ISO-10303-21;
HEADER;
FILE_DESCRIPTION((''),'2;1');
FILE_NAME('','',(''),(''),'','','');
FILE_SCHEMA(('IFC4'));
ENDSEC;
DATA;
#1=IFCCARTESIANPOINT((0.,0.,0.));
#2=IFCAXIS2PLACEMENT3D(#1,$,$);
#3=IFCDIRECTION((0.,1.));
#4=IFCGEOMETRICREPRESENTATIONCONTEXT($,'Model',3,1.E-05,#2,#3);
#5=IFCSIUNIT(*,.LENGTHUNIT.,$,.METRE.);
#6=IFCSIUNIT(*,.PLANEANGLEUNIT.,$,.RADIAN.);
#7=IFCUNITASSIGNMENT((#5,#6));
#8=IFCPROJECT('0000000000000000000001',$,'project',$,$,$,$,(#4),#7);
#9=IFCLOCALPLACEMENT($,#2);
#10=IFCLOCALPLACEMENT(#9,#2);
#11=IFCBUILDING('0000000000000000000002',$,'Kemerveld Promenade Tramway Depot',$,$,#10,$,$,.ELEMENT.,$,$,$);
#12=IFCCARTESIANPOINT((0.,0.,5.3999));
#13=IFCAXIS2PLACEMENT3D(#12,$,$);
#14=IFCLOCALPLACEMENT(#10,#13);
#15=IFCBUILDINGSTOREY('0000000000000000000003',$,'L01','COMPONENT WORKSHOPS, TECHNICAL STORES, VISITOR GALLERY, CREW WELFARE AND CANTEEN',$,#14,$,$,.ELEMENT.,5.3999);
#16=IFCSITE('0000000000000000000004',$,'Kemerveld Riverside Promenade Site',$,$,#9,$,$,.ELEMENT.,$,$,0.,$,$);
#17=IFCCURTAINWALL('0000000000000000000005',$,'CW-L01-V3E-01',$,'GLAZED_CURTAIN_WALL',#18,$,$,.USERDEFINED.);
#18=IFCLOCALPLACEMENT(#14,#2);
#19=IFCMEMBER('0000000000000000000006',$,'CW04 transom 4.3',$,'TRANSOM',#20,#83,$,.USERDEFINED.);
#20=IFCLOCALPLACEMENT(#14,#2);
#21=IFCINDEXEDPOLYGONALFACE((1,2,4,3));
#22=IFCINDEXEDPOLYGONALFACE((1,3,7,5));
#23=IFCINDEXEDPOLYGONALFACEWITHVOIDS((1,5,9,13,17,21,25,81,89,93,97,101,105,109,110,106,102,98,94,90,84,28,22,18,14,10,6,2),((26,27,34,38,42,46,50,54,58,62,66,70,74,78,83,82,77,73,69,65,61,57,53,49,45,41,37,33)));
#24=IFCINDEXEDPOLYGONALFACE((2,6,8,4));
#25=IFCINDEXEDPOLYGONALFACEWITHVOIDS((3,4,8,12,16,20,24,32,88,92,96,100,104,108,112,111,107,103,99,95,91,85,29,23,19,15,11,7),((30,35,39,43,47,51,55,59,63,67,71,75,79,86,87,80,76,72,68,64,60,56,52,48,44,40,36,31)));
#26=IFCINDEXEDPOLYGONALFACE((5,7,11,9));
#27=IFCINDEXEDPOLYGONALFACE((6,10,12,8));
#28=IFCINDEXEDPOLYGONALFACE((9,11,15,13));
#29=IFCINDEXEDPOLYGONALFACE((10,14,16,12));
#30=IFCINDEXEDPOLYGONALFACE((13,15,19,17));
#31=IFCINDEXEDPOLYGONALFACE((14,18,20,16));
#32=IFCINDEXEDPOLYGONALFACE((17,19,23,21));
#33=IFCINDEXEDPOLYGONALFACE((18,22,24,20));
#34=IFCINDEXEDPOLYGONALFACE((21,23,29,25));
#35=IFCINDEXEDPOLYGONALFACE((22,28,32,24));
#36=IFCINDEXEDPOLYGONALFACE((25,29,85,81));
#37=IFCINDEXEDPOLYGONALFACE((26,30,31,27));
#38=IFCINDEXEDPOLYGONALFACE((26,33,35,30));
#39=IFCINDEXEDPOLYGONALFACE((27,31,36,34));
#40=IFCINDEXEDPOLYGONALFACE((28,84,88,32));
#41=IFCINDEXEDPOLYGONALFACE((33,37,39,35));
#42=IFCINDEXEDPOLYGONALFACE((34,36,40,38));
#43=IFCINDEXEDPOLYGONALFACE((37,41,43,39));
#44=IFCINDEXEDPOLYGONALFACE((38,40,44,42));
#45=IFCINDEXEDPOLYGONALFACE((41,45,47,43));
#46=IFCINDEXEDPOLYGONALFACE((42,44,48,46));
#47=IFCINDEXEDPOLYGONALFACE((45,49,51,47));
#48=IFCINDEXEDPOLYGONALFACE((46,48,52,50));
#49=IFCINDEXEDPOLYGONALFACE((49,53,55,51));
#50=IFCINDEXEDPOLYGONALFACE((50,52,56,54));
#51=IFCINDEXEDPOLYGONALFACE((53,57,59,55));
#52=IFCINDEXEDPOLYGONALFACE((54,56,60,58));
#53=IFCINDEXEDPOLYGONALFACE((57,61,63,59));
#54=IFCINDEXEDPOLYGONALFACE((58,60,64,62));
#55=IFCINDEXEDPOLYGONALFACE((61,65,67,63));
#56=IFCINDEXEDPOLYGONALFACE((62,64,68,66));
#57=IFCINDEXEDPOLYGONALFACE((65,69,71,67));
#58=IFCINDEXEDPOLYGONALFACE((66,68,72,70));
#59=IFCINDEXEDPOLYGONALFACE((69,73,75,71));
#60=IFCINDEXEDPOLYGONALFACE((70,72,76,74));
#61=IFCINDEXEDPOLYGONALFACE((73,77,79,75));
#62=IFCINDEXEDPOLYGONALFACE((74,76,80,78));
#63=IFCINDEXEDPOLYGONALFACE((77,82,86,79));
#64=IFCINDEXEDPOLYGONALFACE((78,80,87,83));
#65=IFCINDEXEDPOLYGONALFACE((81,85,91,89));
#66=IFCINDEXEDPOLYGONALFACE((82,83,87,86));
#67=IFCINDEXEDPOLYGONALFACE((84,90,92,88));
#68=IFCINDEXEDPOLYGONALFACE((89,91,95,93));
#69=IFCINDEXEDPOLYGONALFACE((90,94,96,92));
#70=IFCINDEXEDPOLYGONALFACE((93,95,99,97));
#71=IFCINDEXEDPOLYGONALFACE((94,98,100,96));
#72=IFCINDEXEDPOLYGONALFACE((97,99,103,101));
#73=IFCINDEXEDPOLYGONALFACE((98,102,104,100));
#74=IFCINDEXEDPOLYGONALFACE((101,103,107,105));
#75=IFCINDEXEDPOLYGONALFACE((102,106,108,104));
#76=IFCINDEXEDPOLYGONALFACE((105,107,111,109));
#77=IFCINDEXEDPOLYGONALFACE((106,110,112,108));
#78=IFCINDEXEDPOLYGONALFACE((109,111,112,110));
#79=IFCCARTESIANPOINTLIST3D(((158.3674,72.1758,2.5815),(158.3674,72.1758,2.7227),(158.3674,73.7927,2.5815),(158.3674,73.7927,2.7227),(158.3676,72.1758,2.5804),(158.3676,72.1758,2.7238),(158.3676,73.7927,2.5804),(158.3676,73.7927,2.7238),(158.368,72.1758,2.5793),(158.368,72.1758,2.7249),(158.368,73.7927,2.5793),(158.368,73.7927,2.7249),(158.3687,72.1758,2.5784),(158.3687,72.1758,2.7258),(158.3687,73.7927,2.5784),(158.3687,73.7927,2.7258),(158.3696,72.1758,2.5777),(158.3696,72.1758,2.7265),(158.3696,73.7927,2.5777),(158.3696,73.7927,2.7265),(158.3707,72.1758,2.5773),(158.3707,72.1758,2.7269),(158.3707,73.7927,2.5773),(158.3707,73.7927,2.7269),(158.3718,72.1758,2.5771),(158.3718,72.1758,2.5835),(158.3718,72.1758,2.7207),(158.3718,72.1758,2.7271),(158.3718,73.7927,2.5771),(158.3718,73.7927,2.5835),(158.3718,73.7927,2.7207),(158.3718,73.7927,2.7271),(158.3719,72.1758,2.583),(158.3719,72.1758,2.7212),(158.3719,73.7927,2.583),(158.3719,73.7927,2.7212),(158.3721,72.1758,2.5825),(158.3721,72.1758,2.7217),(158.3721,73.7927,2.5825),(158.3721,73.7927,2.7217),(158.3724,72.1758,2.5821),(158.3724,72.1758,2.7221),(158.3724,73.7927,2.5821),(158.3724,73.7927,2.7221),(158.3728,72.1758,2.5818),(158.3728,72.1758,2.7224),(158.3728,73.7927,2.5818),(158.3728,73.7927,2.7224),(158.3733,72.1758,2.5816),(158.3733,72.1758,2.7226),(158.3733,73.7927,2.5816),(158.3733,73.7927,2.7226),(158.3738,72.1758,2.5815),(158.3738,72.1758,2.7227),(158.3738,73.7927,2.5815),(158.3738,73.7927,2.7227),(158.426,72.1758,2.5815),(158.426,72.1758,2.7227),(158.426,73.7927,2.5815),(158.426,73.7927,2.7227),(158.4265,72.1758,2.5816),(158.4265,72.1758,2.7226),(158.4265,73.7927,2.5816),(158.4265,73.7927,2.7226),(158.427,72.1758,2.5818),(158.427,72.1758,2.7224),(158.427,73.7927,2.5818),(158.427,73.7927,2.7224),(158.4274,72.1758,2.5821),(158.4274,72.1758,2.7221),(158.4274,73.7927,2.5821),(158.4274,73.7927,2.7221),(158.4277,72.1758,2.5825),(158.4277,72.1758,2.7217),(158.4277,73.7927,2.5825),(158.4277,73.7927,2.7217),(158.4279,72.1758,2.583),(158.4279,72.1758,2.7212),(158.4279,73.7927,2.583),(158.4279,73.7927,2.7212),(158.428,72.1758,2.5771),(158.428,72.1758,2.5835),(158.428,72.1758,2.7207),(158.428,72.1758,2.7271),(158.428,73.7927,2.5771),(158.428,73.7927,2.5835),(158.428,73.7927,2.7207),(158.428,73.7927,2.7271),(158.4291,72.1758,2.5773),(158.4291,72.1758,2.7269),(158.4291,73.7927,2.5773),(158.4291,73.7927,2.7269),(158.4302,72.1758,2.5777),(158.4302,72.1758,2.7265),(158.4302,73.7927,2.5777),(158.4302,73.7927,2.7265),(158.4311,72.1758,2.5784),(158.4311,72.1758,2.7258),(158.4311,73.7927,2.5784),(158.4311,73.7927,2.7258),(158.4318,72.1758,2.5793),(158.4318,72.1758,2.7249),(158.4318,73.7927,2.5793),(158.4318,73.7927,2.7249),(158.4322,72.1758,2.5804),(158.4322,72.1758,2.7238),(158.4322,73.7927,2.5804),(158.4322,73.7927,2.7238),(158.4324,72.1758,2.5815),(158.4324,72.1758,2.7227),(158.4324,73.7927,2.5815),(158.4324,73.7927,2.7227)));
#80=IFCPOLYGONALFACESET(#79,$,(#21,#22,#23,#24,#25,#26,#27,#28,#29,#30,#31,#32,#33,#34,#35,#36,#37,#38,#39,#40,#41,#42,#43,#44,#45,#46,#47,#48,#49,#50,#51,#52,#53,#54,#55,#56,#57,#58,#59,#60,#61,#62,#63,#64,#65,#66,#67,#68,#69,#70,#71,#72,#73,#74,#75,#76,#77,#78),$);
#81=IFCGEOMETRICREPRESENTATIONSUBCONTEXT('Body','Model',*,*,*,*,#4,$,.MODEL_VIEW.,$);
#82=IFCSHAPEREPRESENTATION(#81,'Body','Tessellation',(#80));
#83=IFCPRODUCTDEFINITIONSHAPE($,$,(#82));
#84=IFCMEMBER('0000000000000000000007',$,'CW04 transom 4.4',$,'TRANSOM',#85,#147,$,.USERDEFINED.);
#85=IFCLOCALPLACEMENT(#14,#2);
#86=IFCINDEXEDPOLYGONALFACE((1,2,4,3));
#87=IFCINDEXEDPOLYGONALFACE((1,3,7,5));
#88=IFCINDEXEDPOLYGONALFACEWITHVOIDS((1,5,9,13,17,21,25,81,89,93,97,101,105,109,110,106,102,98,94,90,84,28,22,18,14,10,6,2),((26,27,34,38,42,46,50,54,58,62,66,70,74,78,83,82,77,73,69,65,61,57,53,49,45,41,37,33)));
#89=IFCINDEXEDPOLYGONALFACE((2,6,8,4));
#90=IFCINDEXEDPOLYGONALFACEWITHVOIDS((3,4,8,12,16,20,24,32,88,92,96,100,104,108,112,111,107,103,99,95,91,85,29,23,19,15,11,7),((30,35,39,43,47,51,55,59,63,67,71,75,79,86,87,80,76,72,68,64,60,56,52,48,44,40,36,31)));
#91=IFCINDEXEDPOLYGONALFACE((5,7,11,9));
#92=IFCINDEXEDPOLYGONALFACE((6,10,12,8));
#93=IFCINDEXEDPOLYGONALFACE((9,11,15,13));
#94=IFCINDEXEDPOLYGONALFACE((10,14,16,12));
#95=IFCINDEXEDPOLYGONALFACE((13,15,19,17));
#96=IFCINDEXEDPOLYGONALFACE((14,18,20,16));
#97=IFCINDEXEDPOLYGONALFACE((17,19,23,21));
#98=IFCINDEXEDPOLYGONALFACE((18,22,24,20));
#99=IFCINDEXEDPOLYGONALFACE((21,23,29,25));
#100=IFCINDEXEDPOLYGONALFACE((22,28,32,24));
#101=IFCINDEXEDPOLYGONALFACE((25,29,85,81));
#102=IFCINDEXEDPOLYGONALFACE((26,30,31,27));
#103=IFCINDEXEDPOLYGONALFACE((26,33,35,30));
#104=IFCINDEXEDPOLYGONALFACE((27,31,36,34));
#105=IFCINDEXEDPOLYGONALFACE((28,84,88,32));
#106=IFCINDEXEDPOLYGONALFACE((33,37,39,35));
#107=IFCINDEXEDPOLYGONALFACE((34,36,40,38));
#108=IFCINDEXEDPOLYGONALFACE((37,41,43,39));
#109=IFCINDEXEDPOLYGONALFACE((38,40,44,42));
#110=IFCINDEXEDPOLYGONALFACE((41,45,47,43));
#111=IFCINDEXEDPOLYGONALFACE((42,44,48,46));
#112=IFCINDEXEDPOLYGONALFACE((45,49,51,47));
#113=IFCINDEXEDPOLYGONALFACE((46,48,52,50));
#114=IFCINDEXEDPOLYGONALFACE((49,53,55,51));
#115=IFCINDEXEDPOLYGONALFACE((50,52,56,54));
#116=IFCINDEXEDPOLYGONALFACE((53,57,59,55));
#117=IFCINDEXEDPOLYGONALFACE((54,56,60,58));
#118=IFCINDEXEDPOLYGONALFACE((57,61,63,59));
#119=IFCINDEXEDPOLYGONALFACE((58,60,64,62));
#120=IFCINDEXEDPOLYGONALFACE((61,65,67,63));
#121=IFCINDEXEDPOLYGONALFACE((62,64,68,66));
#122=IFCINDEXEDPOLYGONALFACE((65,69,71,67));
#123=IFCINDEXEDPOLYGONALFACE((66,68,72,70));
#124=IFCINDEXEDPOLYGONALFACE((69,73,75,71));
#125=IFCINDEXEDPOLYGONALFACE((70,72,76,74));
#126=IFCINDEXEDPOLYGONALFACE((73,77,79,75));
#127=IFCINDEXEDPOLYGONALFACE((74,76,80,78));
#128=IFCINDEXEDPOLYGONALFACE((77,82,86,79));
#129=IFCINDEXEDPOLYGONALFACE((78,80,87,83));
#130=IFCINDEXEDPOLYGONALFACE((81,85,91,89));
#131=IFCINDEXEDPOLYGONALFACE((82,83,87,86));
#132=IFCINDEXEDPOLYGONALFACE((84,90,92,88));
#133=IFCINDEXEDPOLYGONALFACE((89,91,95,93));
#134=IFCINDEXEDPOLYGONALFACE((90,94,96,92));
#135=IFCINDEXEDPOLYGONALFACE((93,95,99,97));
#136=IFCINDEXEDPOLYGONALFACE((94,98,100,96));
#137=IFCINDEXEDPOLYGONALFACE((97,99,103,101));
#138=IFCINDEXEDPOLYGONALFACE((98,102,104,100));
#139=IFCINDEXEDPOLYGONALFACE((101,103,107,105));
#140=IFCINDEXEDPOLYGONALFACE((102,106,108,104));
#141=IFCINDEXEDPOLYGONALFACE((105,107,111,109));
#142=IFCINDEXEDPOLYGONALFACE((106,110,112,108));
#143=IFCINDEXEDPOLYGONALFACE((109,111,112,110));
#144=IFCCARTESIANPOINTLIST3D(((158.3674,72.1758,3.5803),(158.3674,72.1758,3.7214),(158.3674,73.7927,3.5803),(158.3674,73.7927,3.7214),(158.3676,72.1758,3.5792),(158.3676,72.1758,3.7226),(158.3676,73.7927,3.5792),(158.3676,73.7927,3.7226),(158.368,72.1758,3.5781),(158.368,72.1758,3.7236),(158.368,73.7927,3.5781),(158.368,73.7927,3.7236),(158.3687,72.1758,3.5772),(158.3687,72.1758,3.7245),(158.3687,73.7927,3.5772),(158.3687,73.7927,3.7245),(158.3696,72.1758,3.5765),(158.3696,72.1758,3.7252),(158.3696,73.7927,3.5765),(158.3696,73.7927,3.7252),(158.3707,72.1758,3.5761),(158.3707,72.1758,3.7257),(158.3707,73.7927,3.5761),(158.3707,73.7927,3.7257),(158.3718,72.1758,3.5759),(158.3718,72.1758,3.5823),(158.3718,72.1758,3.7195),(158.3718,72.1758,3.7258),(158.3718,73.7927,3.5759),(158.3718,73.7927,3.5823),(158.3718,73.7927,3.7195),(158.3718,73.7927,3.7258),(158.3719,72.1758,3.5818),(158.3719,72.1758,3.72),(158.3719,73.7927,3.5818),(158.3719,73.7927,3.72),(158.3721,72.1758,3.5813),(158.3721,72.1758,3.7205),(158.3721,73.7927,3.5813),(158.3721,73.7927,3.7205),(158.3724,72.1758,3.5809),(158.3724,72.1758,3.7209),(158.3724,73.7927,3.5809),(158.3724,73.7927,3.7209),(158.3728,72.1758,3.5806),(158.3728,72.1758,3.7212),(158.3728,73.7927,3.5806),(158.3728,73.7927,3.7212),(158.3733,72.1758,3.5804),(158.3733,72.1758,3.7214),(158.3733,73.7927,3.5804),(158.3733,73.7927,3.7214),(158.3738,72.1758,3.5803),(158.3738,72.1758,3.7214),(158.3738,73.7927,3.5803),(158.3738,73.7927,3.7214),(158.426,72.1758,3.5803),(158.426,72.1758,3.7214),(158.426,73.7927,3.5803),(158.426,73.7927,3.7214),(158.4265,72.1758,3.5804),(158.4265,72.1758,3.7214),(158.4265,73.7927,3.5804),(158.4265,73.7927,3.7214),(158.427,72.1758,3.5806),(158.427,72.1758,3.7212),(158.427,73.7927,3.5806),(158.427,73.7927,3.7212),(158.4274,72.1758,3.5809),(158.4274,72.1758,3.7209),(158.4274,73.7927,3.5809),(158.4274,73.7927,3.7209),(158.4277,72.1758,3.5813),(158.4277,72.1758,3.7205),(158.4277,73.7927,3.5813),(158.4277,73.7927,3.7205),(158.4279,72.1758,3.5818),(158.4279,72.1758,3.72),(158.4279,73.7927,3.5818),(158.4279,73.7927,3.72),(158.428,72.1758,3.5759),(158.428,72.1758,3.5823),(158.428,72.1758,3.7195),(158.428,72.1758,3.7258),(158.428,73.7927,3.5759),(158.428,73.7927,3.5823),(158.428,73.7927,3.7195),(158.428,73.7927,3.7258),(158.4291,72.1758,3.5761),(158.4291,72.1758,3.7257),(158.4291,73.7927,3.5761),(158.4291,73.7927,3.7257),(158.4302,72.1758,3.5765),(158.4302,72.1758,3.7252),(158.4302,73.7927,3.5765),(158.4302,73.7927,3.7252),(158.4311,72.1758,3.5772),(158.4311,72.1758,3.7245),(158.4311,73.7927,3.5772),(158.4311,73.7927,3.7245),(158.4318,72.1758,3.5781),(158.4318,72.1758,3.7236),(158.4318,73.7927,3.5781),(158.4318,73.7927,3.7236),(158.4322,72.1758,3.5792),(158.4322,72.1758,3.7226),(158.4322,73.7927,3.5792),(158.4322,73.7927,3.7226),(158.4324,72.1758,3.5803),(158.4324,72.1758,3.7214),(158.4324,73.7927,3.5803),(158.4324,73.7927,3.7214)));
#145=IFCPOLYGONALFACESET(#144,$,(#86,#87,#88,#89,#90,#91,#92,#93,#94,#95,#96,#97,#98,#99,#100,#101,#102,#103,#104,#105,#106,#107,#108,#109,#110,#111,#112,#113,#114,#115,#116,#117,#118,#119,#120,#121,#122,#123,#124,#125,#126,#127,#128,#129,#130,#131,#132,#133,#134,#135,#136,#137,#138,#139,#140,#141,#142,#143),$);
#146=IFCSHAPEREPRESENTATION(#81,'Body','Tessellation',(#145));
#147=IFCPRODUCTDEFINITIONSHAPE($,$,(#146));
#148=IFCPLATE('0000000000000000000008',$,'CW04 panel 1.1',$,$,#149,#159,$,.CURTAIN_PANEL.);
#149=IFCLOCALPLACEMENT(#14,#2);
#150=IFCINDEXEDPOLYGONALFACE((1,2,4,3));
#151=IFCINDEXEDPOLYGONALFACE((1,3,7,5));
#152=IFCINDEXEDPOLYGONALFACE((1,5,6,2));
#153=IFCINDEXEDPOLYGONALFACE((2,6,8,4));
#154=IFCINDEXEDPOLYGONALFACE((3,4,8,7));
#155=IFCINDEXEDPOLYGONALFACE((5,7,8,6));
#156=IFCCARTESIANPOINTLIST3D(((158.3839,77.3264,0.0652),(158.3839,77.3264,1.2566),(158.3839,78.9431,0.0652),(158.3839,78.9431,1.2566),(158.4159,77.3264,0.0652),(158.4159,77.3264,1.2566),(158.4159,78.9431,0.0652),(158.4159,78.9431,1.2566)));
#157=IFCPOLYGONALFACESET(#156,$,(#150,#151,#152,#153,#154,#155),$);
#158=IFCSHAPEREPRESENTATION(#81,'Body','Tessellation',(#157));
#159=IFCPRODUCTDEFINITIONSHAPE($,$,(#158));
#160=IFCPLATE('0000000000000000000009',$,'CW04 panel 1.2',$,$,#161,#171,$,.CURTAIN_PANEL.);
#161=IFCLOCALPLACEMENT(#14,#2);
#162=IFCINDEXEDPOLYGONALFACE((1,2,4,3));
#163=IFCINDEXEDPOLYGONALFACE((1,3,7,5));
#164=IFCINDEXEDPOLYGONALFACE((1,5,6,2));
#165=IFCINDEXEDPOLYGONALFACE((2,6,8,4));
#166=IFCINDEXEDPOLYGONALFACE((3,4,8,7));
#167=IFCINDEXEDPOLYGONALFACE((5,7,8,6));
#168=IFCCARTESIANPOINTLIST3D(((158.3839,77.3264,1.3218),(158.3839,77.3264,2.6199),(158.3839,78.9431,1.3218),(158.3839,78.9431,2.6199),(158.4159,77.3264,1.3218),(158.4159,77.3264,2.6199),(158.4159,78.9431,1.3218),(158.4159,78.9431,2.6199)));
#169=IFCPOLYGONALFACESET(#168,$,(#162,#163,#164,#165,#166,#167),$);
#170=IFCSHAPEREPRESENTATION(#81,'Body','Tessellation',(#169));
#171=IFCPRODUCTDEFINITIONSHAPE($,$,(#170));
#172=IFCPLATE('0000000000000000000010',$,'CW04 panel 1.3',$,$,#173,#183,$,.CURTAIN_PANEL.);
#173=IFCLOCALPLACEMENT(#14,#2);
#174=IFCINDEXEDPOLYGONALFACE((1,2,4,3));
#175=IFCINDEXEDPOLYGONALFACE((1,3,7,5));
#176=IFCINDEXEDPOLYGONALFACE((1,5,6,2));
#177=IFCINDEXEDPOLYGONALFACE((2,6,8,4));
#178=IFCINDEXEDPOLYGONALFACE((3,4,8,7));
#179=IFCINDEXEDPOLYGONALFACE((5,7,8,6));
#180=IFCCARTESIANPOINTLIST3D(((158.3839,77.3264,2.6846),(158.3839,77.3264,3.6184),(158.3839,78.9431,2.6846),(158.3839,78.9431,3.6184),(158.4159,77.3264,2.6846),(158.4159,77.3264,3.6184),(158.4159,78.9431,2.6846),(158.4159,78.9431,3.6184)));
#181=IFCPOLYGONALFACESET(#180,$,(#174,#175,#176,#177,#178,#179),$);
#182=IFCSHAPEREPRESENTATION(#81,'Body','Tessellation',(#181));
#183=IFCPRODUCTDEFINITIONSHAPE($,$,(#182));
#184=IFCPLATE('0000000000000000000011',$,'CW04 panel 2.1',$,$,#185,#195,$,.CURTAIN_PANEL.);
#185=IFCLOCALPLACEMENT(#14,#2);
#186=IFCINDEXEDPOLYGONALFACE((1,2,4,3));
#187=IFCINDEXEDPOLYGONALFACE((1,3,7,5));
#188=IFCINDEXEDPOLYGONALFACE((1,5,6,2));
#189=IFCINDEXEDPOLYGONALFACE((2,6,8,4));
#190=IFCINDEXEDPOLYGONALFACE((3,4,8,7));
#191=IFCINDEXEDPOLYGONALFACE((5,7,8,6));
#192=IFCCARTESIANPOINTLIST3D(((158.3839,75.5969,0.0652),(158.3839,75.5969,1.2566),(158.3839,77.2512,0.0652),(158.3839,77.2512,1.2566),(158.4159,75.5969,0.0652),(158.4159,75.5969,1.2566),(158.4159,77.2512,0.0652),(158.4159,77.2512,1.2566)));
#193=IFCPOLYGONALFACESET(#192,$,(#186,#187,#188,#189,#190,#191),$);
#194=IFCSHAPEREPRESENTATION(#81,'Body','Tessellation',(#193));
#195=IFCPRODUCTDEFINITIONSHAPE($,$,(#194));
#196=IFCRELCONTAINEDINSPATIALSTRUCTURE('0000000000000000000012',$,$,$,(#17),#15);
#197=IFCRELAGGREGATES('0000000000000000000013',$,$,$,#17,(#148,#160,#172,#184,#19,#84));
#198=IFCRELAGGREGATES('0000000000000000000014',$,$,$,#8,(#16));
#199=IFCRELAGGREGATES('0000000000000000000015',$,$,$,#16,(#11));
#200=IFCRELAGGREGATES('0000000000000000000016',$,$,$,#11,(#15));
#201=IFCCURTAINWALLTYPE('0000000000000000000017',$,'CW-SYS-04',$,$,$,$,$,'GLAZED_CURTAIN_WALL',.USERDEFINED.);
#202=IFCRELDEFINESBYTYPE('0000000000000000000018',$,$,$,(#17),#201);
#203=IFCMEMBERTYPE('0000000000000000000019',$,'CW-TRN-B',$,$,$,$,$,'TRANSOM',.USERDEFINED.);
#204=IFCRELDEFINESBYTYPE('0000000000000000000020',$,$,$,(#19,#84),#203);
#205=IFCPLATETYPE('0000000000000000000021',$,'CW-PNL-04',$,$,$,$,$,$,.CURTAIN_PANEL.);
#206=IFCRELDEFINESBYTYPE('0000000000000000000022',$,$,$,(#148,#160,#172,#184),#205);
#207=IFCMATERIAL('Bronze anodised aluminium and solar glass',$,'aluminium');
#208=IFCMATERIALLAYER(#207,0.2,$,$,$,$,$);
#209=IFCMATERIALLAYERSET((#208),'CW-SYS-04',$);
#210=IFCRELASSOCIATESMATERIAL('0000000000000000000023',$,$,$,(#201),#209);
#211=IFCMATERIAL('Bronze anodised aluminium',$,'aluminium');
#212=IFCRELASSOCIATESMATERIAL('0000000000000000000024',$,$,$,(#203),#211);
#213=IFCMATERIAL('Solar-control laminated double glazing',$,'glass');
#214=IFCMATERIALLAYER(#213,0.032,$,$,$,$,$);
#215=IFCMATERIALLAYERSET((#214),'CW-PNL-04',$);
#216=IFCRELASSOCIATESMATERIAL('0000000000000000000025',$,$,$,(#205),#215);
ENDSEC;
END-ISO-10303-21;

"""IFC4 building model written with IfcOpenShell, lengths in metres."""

from ifc_helpers import new_model, si_unit, direction, frame, origin, origin_2d, place, context, subcontext, project, spatial, rectangle, hollow_rectangle, extrude, material, layer, layer_set, material_profile, profile_set, type_object, element, aggregate, save


model = new_model("IFC4")

# Units and contexts
model_context = context("Model", 3, precision=1e-05, world=origin(), true_north=direction((0.0, 1.0)))
body_context = subcontext(model_context, "Body", "Model", "MODEL_VIEW")
ifc_project = project(units=[si_unit("LENGTHUNIT", "METRE"), si_unit("PLANEANGLEUNIT", "RADIAN")], contexts=[model_context])

# Site, building, storey
site_placement = place(None, origin())
site = spatial("IfcSite", under=ifc_project, at=site_placement, Name="Kemerveld Riverside Promenade Site", CompositionType="ELEMENT", RefElevation=0.0)
building_placement = place(site_placement, origin())
building = spatial("IfcBuilding", under=site, at=building_placement, Name="Kemerveld Promenade Tramway Depot", CompositionType="ELEMENT")
storey_placement = place(building_placement, frame((0.0, 0.0, 5.3999)))
storey = spatial("IfcBuildingStorey", under=building, at=storey_placement, Name="L01", Description="COMPONENT WORKSHOPS, TECHNICAL STORES, VISITOR GALLERY, CREW WELFARE AND CANTEEN", CompositionType="ELEMENT", Elevation=5.3999)

# Curtain wall, members, plates
ifc_material_1 = material(Name="Bronze anodised aluminium and solar glass", Category="aluminium")
ifc_layer_1 = layer(ifc_material_1, 0.2)
ifc_layer_set_1 = layer_set([ifc_layer_1], Name="CW-SYS-04")
curtain_wall_type = type_object("IfcCurtainWallType", Name="CW-SYS-04", ElementType="GLAZED_CURTAIN_WALL", PredefinedType="USERDEFINED", material=ifc_layer_set_1)
curtain_wall_placement = place(storey_placement, origin())
curtain_wall = element("IfcCurtainWall", 1, at=curtain_wall_placement, inside=storey, type_object=curtain_wall_type, Name="CW-L01-V3E-01", ObjectType="GLAZED_CURTAIN_WALL", PredefinedType="USERDEFINED")
ifc_material_2 = material(Name="Bronze anodised aluminium", Category="aluminium")
ifc_material_profile_1 = material_profile(ifc_material_2, hollow_rectangle(XDim=0.0649, YDim=0.1499, WallThickness=0.0044, InnerFilletRadius=0.002, OuterFilletRadius=0.0044, at=origin_2d()), Name="CW-TRN-150x65")
ifc_profile_set_1 = profile_set([ifc_material_profile_1], Name="Bronze anodised aluminium")
member_type_1 = type_object("IfcMemberType", Name="CW-TRN-B", ElementType="TRANSOM", PredefinedType="USERDEFINED", material=ifc_profile_set_1)
member_1_placement = place(storey_placement, frame((158.3999, 73.7927, 2.6521), z_axis=(0.0, -1.0, 0.0), x_axis=(1.0, 0.0, 0.0)))
member_1 = element("IfcMember", 2, at=member_1_placement, type_object=member_type_1, Name="CW04 transom 4.3", ObjectType="TRANSOM", PredefinedType="USERDEFINED", context=body_context, shape_type="SweptSolid", body=[
    extrude(hollow_rectangle(XDim=0.0649, YDim=0.1499, WallThickness=0.0044, InnerFilletRadius=0.002, OuterFilletRadius=0.0044, at=origin_2d()), origin(), (0.0, 0.0, 1.0), 1.6169),
])
member_2_placement = place(storey_placement, frame((158.3999, 73.7927, 3.6509), z_axis=(0.0, -1.0, 0.0), x_axis=(1.0, 0.0, 0.0)))
member_2 = element("IfcMember", 3, at=member_2_placement, type_object=member_type_1, Name="CW04 transom 4.4", ObjectType="TRANSOM", PredefinedType="USERDEFINED", context=body_context, shape_type="SweptSolid", body=[
    extrude(hollow_rectangle(XDim=0.0649, YDim=0.1499, WallThickness=0.0044, InnerFilletRadius=0.002, OuterFilletRadius=0.0044, at=origin_2d()), origin(), (0.0, 0.0, 1.0), 1.6169),
])
ifc_material_3 = material(Name="Solar-control laminated double glazing", Category="glass")
ifc_layer_2 = layer(ifc_material_3, 0.032)
ifc_layer_set_2 = layer_set([ifc_layer_2], Name="CW-PNL-04")
plate_type = type_object("IfcPlateType", Name="CW-PNL-04", PredefinedType="CURTAIN_PANEL", material=ifc_layer_set_2)
plate_1_placement = place(storey_placement, frame((158.3999, 78.1348, 0.0652), z_axis=(0.0, 0.0, 1.0), x_axis=(0.0, -1.0, 0.0)))
plate_1 = element("IfcPlate", 4, at=plate_1_placement, type_object=plate_type, Name="CW04 panel 1.1", PredefinedType="CURTAIN_PANEL", context=body_context, shape_type="SweptSolid", body=[
    extrude(rectangle(XDim=1.6167, YDim=0.032, at=origin_2d()), origin(), (0.0, 0.0, 1.0), 1.1914),
])
plate_2_placement = place(storey_placement, frame((158.3999, 78.1348, 1.3218), z_axis=(0.0, 0.0, 1.0), x_axis=(0.0, -1.0, 0.0)))
plate_2 = element("IfcPlate", 5, at=plate_2_placement, type_object=plate_type, Name="CW04 panel 1.2", PredefinedType="CURTAIN_PANEL", context=body_context, shape_type="SweptSolid", body=[
    extrude(rectangle(XDim=1.6167, YDim=0.032, at=origin_2d()), origin(), (0.0, 0.0, 1.0), 1.2981),
])
plate_3_placement = place(storey_placement, frame((158.3999, 78.1348, 2.6846), z_axis=(0.0, 0.0, 1.0), x_axis=(0.0, -1.0, 0.0)))
plate_3 = element("IfcPlate", 6, at=plate_3_placement, type_object=plate_type, Name="CW04 panel 1.3", PredefinedType="CURTAIN_PANEL", context=body_context, shape_type="SweptSolid", body=[
    extrude(rectangle(XDim=1.6167, YDim=0.032, at=origin_2d()), origin(), (0.0, 0.0, 1.0), 0.9338),
])
plate_4_placement = place(storey_placement, frame((158.3999, 76.4241, 0.0652), z_axis=(0.0, 0.0, 1.0), x_axis=(0.0, -1.0, 0.0)))
plate_4 = element("IfcPlate", 7, at=plate_4_placement, type_object=plate_type, Name="CW04 panel 2.1", PredefinedType="CURTAIN_PANEL", context=body_context, shape_type="SweptSolid", body=[
    extrude(rectangle(XDim=1.6543, YDim=0.032, at=origin_2d()), origin(), (0.0, 0.0, 1.0), 1.1914),
])
aggregate(curtain_wall, [plate_1, plate_2, plate_3, plate_4, member_1, member_2])

save(model, "model.ifc")
